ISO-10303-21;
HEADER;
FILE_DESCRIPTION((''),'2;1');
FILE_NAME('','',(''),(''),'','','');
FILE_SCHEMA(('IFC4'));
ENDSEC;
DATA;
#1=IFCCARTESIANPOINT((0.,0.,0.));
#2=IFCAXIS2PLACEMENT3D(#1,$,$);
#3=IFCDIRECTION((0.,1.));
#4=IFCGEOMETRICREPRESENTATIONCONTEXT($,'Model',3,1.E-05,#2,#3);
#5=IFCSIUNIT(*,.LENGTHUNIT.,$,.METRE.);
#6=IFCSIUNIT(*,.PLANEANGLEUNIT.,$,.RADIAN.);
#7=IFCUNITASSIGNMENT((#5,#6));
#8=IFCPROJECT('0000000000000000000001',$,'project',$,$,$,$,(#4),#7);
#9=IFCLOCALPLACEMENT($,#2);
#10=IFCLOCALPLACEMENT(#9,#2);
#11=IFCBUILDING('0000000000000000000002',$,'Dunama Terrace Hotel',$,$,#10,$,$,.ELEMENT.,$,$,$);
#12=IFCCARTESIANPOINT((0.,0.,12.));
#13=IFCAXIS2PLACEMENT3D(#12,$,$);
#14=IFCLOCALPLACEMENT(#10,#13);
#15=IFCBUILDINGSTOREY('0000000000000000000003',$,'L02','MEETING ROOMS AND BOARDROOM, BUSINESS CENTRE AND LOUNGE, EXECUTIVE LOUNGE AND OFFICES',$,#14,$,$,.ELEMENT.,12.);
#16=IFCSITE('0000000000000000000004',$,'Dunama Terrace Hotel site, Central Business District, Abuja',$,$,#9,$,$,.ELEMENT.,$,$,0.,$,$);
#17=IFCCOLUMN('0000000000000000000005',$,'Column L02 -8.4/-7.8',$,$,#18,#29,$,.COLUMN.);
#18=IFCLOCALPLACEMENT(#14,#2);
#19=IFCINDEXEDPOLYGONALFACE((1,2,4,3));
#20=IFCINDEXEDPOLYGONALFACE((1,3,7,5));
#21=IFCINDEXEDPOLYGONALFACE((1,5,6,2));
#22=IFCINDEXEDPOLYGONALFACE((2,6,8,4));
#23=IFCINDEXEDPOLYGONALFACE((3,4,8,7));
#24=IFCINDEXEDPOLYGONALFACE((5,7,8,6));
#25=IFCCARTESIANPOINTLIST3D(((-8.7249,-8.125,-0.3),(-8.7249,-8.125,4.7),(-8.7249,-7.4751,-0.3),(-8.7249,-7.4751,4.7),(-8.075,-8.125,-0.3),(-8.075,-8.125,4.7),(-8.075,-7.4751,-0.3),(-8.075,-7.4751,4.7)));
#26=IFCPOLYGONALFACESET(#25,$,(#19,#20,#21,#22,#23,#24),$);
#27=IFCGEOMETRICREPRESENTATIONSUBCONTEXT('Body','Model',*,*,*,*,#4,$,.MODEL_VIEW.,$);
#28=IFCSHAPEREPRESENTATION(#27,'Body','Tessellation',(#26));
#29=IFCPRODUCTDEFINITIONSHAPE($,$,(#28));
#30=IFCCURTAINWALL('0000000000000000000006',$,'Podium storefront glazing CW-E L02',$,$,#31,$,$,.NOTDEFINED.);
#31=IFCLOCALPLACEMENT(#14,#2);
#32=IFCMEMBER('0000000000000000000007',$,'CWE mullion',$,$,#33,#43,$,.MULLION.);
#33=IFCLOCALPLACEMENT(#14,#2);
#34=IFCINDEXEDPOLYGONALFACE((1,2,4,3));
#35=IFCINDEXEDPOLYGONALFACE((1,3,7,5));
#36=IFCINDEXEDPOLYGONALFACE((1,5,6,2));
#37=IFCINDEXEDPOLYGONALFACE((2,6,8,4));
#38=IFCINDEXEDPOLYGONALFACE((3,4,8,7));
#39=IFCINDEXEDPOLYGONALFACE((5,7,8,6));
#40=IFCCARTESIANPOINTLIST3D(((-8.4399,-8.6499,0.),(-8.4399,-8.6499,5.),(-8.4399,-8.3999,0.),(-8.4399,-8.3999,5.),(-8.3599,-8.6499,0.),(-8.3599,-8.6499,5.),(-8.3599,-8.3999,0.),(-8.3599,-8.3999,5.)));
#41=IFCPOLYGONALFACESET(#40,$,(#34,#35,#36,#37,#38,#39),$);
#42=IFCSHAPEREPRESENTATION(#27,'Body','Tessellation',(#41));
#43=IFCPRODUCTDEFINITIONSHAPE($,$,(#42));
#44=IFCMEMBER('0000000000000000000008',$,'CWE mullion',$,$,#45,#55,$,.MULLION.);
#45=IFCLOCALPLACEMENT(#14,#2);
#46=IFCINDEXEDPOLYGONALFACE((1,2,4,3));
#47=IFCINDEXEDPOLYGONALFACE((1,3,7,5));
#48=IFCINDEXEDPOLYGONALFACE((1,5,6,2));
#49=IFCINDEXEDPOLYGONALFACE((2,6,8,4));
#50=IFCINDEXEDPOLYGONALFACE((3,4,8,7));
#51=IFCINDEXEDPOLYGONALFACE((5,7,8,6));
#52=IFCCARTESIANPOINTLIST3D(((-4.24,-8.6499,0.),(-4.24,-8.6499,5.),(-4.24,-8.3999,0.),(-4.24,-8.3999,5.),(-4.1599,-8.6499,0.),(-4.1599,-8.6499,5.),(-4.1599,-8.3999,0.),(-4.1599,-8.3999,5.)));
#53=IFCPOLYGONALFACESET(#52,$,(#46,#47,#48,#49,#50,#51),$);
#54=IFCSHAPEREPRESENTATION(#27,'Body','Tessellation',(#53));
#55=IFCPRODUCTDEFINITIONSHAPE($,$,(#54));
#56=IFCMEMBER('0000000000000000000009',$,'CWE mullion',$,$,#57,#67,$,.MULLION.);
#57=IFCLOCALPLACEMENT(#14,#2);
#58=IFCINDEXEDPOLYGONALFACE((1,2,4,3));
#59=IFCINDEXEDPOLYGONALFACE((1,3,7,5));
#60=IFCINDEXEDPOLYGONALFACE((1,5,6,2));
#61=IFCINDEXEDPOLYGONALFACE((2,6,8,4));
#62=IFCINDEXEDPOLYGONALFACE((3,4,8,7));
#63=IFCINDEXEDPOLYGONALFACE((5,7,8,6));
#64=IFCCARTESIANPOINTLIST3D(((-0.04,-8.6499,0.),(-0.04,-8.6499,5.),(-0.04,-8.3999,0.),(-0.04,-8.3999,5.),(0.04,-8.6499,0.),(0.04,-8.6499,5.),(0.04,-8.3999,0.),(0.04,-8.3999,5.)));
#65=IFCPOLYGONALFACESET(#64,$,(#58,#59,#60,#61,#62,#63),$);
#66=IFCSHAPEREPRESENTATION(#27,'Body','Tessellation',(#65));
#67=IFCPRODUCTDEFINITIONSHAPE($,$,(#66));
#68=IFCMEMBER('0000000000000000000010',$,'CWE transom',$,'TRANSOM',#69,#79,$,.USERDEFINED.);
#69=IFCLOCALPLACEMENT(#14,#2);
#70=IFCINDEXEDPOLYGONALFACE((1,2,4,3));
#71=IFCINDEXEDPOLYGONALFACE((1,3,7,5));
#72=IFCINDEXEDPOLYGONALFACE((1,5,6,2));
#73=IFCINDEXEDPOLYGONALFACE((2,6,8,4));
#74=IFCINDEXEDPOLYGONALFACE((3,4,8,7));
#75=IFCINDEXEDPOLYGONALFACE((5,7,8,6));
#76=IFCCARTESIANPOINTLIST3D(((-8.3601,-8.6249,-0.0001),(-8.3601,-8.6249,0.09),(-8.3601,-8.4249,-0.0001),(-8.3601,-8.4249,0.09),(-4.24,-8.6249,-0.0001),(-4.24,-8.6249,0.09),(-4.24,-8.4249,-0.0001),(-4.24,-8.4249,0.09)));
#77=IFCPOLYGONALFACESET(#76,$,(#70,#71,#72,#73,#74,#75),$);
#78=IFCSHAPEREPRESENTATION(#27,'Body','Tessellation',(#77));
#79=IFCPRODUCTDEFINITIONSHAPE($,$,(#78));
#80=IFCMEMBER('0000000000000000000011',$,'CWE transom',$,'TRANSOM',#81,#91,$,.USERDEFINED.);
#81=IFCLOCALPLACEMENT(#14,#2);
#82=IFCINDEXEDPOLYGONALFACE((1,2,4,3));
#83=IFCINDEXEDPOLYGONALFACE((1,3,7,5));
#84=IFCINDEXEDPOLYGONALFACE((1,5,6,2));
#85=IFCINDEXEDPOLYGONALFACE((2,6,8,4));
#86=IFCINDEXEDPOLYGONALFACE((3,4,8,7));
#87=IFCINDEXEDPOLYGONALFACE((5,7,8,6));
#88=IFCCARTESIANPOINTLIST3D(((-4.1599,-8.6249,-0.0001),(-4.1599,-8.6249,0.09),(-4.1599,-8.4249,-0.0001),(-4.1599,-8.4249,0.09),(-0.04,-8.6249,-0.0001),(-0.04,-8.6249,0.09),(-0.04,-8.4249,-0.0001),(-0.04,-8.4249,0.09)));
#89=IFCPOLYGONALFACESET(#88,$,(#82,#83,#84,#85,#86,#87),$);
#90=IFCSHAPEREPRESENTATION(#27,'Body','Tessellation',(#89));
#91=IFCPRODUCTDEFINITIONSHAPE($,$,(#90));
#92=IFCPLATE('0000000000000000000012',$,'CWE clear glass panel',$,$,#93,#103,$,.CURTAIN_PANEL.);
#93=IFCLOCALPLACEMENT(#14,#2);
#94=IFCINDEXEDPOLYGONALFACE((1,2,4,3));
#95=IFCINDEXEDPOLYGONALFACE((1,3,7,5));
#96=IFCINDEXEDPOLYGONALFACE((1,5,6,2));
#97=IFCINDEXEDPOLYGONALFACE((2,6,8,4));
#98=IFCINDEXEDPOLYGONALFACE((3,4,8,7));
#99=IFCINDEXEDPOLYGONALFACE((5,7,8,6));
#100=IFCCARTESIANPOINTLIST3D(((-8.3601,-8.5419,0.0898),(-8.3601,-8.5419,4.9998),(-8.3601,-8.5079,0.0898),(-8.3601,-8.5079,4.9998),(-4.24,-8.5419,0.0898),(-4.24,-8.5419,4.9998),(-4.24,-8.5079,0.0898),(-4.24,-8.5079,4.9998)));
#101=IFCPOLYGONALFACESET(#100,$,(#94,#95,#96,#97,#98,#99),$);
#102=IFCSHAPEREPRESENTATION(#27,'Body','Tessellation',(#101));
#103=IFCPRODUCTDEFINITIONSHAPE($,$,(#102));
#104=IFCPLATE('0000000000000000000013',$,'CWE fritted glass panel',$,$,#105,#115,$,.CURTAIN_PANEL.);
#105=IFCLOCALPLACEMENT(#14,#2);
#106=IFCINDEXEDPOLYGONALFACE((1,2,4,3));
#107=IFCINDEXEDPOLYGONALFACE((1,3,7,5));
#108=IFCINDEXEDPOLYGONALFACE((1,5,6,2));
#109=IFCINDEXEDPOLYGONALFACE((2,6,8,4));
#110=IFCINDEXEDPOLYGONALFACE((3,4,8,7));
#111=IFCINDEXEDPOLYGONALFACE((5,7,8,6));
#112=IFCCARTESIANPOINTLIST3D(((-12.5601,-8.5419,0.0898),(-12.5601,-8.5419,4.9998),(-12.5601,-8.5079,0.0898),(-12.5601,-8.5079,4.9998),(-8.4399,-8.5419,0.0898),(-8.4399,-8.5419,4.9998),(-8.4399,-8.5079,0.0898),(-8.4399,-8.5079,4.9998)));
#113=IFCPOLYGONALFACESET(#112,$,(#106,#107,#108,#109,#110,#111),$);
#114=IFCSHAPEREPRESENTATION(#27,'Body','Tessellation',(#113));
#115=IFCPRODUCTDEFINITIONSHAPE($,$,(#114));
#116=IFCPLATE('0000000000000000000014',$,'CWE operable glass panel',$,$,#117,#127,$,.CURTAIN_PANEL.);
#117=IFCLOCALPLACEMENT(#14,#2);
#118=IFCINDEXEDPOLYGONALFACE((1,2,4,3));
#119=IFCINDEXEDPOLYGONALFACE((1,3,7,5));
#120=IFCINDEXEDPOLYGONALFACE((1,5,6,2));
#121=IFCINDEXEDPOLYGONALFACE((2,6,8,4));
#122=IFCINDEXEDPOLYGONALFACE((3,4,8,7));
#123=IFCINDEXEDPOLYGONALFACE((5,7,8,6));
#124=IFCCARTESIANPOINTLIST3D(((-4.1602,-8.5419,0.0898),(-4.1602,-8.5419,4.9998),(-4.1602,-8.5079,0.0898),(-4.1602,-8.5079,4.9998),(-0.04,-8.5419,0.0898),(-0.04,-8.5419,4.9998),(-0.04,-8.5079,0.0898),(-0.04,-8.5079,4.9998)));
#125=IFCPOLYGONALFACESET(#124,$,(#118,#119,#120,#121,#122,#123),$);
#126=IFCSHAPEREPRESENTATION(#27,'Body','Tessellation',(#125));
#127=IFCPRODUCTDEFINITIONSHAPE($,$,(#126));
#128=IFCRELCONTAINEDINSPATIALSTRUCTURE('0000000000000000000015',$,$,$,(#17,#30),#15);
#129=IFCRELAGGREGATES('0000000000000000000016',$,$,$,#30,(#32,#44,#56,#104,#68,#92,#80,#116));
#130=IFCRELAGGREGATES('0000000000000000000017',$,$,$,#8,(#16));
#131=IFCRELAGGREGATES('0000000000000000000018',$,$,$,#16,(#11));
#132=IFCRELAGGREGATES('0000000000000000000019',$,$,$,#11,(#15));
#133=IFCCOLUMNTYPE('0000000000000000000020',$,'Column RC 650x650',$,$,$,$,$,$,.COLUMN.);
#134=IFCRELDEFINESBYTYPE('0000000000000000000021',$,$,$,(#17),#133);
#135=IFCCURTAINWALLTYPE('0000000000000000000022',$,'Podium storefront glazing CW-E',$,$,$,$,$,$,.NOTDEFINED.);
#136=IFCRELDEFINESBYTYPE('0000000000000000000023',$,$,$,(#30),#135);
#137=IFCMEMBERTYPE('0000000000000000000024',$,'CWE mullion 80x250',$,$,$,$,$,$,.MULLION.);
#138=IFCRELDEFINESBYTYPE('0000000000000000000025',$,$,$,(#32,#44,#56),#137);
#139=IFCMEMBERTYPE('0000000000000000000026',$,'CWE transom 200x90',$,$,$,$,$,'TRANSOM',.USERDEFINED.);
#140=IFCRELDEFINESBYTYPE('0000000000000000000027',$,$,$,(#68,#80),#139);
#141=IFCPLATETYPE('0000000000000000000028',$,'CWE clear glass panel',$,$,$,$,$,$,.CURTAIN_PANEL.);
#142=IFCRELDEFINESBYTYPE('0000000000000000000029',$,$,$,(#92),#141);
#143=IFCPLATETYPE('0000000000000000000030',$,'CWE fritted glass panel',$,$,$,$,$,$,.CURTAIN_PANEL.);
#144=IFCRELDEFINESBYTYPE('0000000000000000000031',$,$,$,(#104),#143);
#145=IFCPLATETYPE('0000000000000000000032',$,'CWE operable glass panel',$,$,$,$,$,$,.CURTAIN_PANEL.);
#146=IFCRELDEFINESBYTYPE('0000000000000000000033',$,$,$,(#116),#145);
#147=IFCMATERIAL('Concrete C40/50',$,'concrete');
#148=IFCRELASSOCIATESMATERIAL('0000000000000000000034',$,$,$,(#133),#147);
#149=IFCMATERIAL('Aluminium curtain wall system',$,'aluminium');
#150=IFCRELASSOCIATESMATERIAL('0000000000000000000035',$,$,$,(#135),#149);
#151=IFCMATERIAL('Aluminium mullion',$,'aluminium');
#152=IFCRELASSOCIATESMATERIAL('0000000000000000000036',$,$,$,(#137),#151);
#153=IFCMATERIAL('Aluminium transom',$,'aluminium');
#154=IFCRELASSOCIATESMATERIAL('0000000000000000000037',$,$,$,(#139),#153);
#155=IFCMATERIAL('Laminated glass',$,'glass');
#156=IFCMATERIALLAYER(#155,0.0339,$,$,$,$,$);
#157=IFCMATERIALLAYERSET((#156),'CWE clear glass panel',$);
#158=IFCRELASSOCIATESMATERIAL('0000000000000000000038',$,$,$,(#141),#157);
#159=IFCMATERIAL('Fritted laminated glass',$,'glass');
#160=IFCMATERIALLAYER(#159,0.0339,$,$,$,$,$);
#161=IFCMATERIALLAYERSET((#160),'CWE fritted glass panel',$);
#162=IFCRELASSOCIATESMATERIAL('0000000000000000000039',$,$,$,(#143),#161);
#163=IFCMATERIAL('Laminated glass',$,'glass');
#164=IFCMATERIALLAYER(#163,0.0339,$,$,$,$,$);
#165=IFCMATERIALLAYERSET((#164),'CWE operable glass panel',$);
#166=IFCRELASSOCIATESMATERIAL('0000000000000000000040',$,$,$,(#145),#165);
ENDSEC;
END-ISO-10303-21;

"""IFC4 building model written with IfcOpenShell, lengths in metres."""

from ifc_helpers import new_model, si_unit, direction, frame, origin, origin_2d, place, context, subcontext, project, spatial, rectangle, extrude, material, layer, layer_set, material_profile, profile_set, type_object, element, aggregate, save


model = new_model("IFC4")

# Units and contexts
model_context = context("Model", 3, precision=1e-05, world=origin(), true_north=direction((0.0, 1.0)))
body_context = subcontext(model_context, "Body", "Model", "MODEL_VIEW")
ifc_project = project(units=[si_unit("LENGTHUNIT", "METRE"), si_unit("PLANEANGLEUNIT", "RADIAN")], contexts=[model_context])

# Site, building, storey
site_placement = place(None, origin())
site = spatial("IfcSite", under=ifc_project, at=site_placement, Name="Dunama Terrace Hotel site, Central Business District, Abuja", CompositionType="ELEMENT", RefElevation=0.0)
building_placement = place(site_placement, origin())
building = spatial("IfcBuilding", under=site, at=building_placement, Name="Dunama Terrace Hotel", CompositionType="ELEMENT")
storey_placement = place(building_placement, frame((0.0, 0.0, 12.0)))
storey = spatial("IfcBuildingStorey", under=building, at=storey_placement, Name="L02", Description="MEETING ROOMS AND BOARDROOM, BUSINESS CENTRE AND LOUNGE, EXECUTIVE LOUNGE AND OFFICES", CompositionType="ELEMENT", Elevation=12.0)

# Column
ifc_material_1 = material(Name="Concrete C40/50", Category="concrete")
ifc_material_profile_1 = material_profile(ifc_material_1, rectangle(XDim=0.6499, YDim=0.6499, at=origin_2d()), Name="RC 650x650")
ifc_profile_set_1 = profile_set([ifc_material_profile_1], Name="Concrete C40/50")
column_type = type_object("IfcColumnType", Name="Column RC 650x650", PredefinedType="COLUMN", material=ifc_profile_set_1)
column_placement = place(storey_placement, frame((-8.3999, -7.8, -0.3), z_axis=(0.0, 0.0, 1.0), x_axis=(1.0, 0.0, 0.0)))
element("IfcColumn", 1, at=column_placement, inside=storey, type_object=column_type, Name="Column L02 -8.4/-7.8", PredefinedType="COLUMN", context=body_context, shape_type="SweptSolid", body=[
    extrude(rectangle(XDim=0.6499, YDim=0.6499, at=origin_2d()), origin(), (0.0, 0.0, 1.0), 5.0),
])

# Curtain wall, members, plates
ifc_material_2 = material(Name="Aluminium curtain wall system", Category="aluminium")
curtain_wall_type = type_object("IfcCurtainWallType", Name="Podium storefront glazing CW-E", PredefinedType="NOTDEFINED", material=ifc_material_2)
curtain_wall_placement = place(storey_placement, origin())
curtain_wall = element("IfcCurtainWall", 2, at=curtain_wall_placement, inside=storey, type_object=curtain_wall_type, Name="Podium storefront glazing CW-E L02", PredefinedType="NOTDEFINED")
ifc_material_3 = material(Name="Aluminium mullion", Category="aluminium")
ifc_material_profile_2 = material_profile(ifc_material_3, rectangle(XDim=0.0801, YDim=0.25, at=origin_2d()), Name="CWE MULLION 80X250")
ifc_profile_set_2 = profile_set([ifc_material_profile_2], Name="Aluminium mullion")
member_type_1 = type_object("IfcMemberType", Name="CWE mullion 80x250", PredefinedType="MULLION", material=ifc_profile_set_2)
member_1_placement = place(storey_placement, frame((-8.3999, -8.5249, 0.0), z_axis=(0.0, 0.0, 1.0), x_axis=(1.0, 0.0, 0.0)))
member_1 = element("IfcMember", 3, at=member_1_placement, type_object=member_type_1, Name="CWE mullion", PredefinedType="MULLION", context=body_context, shape_type="SweptSolid", body=[
    extrude(rectangle(XDim=0.0801, YDim=0.25, at=origin_2d()), origin(), (0.0, 0.0, 1.0), 5.0),
])
member_2_placement = place(storey_placement, frame((-4.2, -8.5249, 0.0), z_axis=(0.0, 0.0, 1.0), x_axis=(1.0, 0.0, 0.0)))
member_2 = element("IfcMember", 4, at=member_2_placement, type_object=member_type_1, Name="CWE mullion", PredefinedType="MULLION", context=body_context, shape_type="SweptSolid", body=[
    extrude(rectangle(XDim=0.0801, YDim=0.25, at=origin_2d()), origin(), (0.0, 0.0, 1.0), 5.0),
])
member_3_placement = place(storey_placement, frame((0.0, -8.5249, 0.0), z_axis=(0.0, 0.0, 1.0), x_axis=(1.0, 0.0, 0.0)))
member_3 = element("IfcMember", 5, at=member_3_placement, type_object=member_type_1, Name="CWE mullion", PredefinedType="MULLION", context=body_context, shape_type="SweptSolid", body=[
    extrude(rectangle(XDim=0.0801, YDim=0.25, at=origin_2d()), origin(), (0.0, 0.0, 1.0), 5.0),
])
ifc_material_4 = material(Name="Aluminium transom", Category="aluminium")
ifc_material_profile_3 = material_profile(ifc_material_4, rectangle(XDim=0.2, YDim=0.0901, at=origin_2d()), Name="CWE TRANSOM 200X90")
ifc_profile_set_3 = profile_set([ifc_material_profile_3], Name="Aluminium transom")
member_type_2 = type_object("IfcMemberType", Name="CWE transom 200x90", ElementType="TRANSOM", PredefinedType="USERDEFINED", material=ifc_profile_set_3)
member_4_placement = place(storey_placement, frame((-8.3601, -8.5249, 0.0449), z_axis=(1.0, 0.0, 0.0), x_axis=(0.0, 1.0, 0.0)))
member_4 = element("IfcMember", 6, at=member_4_placement, type_object=member_type_2, Name="CWE transom", ObjectType="TRANSOM", PredefinedType="USERDEFINED", context=body_context, shape_type="SweptSolid", body=[
    extrude(rectangle(XDim=0.2, YDim=0.0901, at=origin_2d()), origin(), (0.0, 0.0, 1.0), 4.1201),
])
member_5_placement = place(storey_placement, frame((-4.1599, -8.5249, 0.0449), z_axis=(1.0, 0.0, 0.0), x_axis=(0.0, 1.0, 0.0)))
member_5 = element("IfcMember", 7, at=member_5_placement, type_object=member_type_2, Name="CWE transom", ObjectType="TRANSOM", PredefinedType="USERDEFINED", context=body_context, shape_type="SweptSolid", body=[
    extrude(rectangle(XDim=0.2, YDim=0.0901, at=origin_2d()), origin(), (0.0, 0.0, 1.0), 4.1199),
])
ifc_material_5 = material(Name="Laminated glass", Category="glass")
ifc_layer_1 = layer(ifc_material_5, 0.0339)
ifc_layer_set_1 = layer_set([ifc_layer_1], Name="CWE clear glass panel")
plate_type_1 = type_object("IfcPlateType", Name="CWE clear glass panel", PredefinedType="CURTAIN_PANEL", material=ifc_layer_set_1)
plate_1_placement = place(storey_placement, frame((-6.3, -8.5249, 0.0898), z_axis=(0.0, 0.0, 1.0), x_axis=(1.0, 0.0, 0.0)))
plate_1 = element("IfcPlate", 8, at=plate_1_placement, type_object=plate_type_1, Name="CWE clear glass panel", PredefinedType="CURTAIN_PANEL", context=body_context, shape_type="SweptSolid", body=[
    extrude(rectangle(XDim=4.1201, YDim=0.0339, at=origin_2d()), origin(), (0.0, 0.0, 1.0), 4.9099),
])
ifc_material_6 = material(Name="Fritted laminated glass", Category="glass")
ifc_layer_2 = layer(ifc_material_6, 0.0339)
ifc_layer_set_2 = layer_set([ifc_layer_2], Name="CWE fritted glass panel")
plate_type_2 = type_object("IfcPlateType", Name="CWE fritted glass panel", PredefinedType="CURTAIN_PANEL", material=ifc_layer_set_2)
plate_2_placement = place(storey_placement, frame((-10.5, -8.5249, 0.0898), z_axis=(0.0, 0.0, 1.0), x_axis=(1.0, 0.0, 0.0)))
plate_2 = element("IfcPlate", 9, at=plate_2_placement, type_object=plate_type_2, Name="CWE fritted glass panel", PredefinedType="CURTAIN_PANEL", context=body_context, shape_type="SweptSolid", body=[
    extrude(rectangle(XDim=4.1201, YDim=0.0339, at=origin_2d()), origin(), (0.0, 0.0, 1.0), 4.9099),
])
ifc_material_7 = material(Name="Laminated glass", Category="glass")
ifc_layer_3 = layer(ifc_material_7, 0.0339)
ifc_layer_set_3 = layer_set([ifc_layer_3], Name="CWE operable glass panel")
plate_type_3 = type_object("IfcPlateType", Name="CWE operable glass panel", PredefinedType="CURTAIN_PANEL", material=ifc_layer_set_3)
plate_3_placement = place(storey_placement, frame((-2.1001, -8.5249, 0.0898), z_axis=(0.0, 0.0, 1.0), x_axis=(1.0, 0.0, 0.0)))
plate_3 = element("IfcPlate", 10, at=plate_3_placement, type_object=plate_type_3, Name="CWE operable glass panel", PredefinedType="CURTAIN_PANEL", context=body_context, shape_type="SweptSolid", body=[
    extrude(rectangle(XDim=4.1201, YDim=0.0339, at=origin_2d()), origin(), (0.0, 0.0, 1.0), 4.9099),
])
aggregate(curtain_wall, [member_1, member_2, member_3, plate_2, member_4, plate_1, member_5, plate_3])

save(model, "model.ifc")
